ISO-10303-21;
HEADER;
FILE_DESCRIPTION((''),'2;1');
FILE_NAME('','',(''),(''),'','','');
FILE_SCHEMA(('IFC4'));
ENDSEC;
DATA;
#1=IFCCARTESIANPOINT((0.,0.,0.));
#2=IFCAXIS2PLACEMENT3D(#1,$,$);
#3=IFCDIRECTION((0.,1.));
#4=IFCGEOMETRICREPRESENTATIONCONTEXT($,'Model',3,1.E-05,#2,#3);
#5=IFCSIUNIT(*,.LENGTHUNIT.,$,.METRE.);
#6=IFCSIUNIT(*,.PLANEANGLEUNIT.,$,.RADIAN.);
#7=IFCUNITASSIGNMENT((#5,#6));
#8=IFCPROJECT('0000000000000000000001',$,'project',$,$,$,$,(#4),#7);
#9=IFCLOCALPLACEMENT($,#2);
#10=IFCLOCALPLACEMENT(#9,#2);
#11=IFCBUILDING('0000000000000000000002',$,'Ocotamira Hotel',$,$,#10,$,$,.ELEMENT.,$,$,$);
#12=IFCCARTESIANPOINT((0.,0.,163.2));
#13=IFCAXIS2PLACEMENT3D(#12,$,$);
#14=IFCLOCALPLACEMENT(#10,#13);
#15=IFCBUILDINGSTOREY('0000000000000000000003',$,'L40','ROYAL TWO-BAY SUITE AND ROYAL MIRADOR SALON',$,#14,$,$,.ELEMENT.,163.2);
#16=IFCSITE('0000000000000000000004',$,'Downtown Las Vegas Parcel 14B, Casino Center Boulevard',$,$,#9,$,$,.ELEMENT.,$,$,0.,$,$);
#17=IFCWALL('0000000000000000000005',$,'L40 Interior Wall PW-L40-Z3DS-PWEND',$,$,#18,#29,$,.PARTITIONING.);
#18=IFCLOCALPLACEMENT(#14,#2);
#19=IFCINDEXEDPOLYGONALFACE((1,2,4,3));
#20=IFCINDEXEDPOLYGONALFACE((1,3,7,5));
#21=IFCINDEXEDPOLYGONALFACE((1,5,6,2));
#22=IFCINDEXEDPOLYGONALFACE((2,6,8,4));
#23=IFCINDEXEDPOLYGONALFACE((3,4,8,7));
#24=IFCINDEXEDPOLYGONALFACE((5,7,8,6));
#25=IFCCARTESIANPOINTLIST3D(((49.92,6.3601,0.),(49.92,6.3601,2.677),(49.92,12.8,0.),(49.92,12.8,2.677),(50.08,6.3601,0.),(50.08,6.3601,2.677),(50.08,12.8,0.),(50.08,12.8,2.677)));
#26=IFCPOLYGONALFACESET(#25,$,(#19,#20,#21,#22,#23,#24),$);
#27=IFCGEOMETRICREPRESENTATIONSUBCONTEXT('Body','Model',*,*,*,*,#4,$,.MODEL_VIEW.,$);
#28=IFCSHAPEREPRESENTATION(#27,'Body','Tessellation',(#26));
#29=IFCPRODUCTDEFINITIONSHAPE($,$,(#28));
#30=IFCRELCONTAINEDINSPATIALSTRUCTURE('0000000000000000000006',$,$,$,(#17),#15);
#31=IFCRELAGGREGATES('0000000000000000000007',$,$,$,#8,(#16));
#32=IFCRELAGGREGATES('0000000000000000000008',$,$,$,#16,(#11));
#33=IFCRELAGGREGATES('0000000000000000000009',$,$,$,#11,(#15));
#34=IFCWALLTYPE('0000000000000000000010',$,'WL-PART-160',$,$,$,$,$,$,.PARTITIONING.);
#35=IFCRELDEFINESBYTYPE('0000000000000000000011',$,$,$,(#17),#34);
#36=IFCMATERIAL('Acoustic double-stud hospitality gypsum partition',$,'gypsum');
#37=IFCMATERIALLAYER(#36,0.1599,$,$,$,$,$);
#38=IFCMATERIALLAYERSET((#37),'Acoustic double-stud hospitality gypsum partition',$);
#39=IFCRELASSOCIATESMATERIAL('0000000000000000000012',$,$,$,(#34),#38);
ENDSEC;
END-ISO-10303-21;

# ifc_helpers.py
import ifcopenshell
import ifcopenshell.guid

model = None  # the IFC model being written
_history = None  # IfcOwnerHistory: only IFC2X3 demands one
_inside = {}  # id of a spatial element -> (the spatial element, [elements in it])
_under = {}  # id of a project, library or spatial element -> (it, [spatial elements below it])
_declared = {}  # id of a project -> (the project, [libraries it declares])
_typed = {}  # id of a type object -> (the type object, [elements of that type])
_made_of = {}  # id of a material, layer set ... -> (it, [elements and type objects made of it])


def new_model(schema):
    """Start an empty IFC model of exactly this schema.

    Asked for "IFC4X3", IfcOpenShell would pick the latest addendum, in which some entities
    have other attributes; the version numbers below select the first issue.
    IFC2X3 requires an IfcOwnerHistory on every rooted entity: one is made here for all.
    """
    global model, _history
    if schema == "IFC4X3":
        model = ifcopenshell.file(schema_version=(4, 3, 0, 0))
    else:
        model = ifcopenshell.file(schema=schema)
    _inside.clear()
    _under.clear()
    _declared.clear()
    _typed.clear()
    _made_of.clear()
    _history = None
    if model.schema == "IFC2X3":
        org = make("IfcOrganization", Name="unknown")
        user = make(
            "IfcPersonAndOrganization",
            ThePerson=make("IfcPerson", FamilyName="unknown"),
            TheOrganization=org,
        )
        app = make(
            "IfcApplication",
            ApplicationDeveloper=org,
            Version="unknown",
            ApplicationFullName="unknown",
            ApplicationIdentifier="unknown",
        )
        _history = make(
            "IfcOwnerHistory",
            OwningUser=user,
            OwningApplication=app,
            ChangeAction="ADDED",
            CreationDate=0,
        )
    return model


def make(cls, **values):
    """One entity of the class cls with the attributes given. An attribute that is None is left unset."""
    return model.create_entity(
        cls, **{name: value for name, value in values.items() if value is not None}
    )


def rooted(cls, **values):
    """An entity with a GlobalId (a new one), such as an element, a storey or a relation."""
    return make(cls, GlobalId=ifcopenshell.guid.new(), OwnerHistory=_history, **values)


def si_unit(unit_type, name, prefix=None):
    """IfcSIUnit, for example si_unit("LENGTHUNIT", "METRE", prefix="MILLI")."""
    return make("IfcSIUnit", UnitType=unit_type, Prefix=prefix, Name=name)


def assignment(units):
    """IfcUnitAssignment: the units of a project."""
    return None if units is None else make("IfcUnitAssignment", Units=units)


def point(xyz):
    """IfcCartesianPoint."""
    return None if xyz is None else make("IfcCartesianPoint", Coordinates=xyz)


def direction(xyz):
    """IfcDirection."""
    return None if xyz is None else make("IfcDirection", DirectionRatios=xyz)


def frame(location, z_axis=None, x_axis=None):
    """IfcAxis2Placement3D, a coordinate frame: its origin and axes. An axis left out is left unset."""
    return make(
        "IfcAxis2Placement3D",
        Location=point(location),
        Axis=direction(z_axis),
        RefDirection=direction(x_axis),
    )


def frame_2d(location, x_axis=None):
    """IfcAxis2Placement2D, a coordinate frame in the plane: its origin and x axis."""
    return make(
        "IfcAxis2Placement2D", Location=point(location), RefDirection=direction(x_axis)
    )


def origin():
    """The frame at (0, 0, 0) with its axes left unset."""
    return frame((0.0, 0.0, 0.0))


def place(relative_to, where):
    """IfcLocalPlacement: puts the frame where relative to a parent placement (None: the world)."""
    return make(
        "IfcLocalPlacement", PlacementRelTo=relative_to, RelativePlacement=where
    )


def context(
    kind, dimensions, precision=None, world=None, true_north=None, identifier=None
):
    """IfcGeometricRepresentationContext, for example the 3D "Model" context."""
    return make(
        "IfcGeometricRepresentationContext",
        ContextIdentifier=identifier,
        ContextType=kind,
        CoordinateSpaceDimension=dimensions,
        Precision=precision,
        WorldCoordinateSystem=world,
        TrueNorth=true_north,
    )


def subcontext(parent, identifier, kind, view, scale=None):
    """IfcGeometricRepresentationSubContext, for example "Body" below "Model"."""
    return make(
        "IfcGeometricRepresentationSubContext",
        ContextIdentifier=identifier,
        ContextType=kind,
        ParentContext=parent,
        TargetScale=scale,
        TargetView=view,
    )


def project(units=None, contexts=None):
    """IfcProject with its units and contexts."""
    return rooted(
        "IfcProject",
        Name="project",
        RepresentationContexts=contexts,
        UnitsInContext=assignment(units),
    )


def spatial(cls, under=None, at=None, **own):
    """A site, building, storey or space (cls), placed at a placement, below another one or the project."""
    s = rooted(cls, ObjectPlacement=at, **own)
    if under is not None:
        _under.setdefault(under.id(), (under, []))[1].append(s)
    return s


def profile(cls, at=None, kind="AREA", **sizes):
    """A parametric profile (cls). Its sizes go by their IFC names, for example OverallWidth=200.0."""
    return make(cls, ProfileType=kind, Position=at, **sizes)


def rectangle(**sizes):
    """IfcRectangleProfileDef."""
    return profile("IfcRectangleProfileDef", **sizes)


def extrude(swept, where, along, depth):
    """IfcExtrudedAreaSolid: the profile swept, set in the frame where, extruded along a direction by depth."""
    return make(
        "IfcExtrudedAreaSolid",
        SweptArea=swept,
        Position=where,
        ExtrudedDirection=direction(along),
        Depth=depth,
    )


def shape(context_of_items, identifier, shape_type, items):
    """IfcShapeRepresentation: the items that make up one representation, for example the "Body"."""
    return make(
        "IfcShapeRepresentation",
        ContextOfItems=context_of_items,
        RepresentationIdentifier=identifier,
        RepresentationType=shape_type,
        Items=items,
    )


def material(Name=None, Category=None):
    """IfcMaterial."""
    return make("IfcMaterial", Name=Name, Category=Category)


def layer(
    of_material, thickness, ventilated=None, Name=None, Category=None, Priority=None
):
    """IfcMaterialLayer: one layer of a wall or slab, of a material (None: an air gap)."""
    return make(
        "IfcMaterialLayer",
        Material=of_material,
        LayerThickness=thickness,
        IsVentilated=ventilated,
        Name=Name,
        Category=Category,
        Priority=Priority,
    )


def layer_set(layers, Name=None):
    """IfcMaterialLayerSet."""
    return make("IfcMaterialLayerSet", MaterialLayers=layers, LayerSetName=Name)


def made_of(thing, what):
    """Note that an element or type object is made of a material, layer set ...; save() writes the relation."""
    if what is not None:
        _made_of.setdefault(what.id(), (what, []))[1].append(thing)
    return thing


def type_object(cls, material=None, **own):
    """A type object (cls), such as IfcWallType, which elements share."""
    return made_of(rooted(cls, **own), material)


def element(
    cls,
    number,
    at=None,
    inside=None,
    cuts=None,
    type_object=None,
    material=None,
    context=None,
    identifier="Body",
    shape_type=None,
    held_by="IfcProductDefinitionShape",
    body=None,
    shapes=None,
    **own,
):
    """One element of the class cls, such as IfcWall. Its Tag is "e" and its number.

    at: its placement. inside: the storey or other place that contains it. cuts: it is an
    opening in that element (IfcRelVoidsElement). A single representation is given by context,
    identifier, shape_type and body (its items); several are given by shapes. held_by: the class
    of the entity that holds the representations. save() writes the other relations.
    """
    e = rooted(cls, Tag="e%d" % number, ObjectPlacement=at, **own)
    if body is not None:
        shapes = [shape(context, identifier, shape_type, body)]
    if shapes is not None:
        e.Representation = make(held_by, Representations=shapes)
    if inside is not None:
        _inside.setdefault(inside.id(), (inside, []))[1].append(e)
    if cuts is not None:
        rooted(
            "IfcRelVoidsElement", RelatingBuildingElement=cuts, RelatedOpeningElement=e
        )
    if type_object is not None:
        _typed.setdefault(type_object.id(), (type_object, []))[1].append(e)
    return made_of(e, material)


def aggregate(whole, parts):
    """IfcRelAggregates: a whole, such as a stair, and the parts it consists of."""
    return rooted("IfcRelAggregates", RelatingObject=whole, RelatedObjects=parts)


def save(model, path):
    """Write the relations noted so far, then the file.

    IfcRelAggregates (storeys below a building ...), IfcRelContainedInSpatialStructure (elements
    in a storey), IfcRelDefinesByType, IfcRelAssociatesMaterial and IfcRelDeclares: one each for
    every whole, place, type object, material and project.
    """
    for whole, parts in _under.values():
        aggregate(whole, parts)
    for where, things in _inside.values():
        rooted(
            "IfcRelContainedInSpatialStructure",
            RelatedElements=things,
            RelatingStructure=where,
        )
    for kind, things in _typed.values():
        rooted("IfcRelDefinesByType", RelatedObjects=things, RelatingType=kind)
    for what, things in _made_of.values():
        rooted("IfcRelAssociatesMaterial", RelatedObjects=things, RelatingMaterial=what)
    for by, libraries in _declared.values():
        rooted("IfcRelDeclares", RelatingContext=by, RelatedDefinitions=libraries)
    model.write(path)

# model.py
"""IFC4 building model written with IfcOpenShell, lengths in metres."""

from ifc_helpers import new_model, si_unit, direction, frame, frame_2d, origin, place, context, subcontext, project, spatial, rectangle, extrude, material, layer, layer_set, type_object, element, save


model = new_model("IFC4")

# Units and contexts
model_context = context("Model", 3, precision=1e-05, world=origin(), true_north=direction((0.0, 1.0)))
body_context = subcontext(model_context, "Body", "Model", "MODEL_VIEW")
ifc_project = project(units=[si_unit("LENGTHUNIT", "METRE"), si_unit("PLANEANGLEUNIT", "RADIAN")], contexts=[model_context])

# Site, building, storey
site_placement = place(None, origin())
site = spatial("IfcSite", under=ifc_project, at=site_placement, Name="Downtown Las Vegas Parcel 14B, Casino Center Boulevard", CompositionType="ELEMENT", RefElevation=0.0)
building_placement = place(site_placement, origin())
building = spatial("IfcBuilding", under=site, at=building_placement, Name="Ocotamira Hotel", CompositionType="ELEMENT")
storey_placement = place(building_placement, frame((0.0, 0.0, 163.2)))
storey = spatial("IfcBuildingStorey", under=building, at=storey_placement, Name="L40", Description="ROYAL TWO-BAY SUITE AND ROYAL MIRADOR SALON", CompositionType="ELEMENT", Elevation=163.2)

# Wall
ifc_material_1 = material(Name="Acoustic double-stud hospitality gypsum partition", Category="gypsum")
ifc_layer_1 = layer(ifc_material_1, 0.1599)
ifc_layer_set_1 = layer_set([ifc_layer_1], Name="Acoustic double-stud hospitality gypsum partition")
wall_type_1 = type_object("IfcWallType", Name="WL-PART-160", PredefinedType="PARTITIONING", material=ifc_layer_set_1)
wall_1_placement = place(storey_placement, frame((50.0, 6.3601, 0.0), z_axis=(0.0, 0.0, 1.0), x_axis=(0.0, 1.0, 0.0)))
element("IfcWall", 1, at=wall_1_placement, inside=storey, type_object=wall_type_1, Name="L40 Interior Wall PW-L40-Z3DS-PWEND", PredefinedType="PARTITIONING", context=body_context, shape_type="SweptSolid", body=[
    extrude(rectangle(XDim=6.4399, YDim=0.1599, at=frame_2d((3.22, 0.0))), origin(), (0.0, 0.0, 1.0), 2.677),
])

save(model, "model.ifc")
